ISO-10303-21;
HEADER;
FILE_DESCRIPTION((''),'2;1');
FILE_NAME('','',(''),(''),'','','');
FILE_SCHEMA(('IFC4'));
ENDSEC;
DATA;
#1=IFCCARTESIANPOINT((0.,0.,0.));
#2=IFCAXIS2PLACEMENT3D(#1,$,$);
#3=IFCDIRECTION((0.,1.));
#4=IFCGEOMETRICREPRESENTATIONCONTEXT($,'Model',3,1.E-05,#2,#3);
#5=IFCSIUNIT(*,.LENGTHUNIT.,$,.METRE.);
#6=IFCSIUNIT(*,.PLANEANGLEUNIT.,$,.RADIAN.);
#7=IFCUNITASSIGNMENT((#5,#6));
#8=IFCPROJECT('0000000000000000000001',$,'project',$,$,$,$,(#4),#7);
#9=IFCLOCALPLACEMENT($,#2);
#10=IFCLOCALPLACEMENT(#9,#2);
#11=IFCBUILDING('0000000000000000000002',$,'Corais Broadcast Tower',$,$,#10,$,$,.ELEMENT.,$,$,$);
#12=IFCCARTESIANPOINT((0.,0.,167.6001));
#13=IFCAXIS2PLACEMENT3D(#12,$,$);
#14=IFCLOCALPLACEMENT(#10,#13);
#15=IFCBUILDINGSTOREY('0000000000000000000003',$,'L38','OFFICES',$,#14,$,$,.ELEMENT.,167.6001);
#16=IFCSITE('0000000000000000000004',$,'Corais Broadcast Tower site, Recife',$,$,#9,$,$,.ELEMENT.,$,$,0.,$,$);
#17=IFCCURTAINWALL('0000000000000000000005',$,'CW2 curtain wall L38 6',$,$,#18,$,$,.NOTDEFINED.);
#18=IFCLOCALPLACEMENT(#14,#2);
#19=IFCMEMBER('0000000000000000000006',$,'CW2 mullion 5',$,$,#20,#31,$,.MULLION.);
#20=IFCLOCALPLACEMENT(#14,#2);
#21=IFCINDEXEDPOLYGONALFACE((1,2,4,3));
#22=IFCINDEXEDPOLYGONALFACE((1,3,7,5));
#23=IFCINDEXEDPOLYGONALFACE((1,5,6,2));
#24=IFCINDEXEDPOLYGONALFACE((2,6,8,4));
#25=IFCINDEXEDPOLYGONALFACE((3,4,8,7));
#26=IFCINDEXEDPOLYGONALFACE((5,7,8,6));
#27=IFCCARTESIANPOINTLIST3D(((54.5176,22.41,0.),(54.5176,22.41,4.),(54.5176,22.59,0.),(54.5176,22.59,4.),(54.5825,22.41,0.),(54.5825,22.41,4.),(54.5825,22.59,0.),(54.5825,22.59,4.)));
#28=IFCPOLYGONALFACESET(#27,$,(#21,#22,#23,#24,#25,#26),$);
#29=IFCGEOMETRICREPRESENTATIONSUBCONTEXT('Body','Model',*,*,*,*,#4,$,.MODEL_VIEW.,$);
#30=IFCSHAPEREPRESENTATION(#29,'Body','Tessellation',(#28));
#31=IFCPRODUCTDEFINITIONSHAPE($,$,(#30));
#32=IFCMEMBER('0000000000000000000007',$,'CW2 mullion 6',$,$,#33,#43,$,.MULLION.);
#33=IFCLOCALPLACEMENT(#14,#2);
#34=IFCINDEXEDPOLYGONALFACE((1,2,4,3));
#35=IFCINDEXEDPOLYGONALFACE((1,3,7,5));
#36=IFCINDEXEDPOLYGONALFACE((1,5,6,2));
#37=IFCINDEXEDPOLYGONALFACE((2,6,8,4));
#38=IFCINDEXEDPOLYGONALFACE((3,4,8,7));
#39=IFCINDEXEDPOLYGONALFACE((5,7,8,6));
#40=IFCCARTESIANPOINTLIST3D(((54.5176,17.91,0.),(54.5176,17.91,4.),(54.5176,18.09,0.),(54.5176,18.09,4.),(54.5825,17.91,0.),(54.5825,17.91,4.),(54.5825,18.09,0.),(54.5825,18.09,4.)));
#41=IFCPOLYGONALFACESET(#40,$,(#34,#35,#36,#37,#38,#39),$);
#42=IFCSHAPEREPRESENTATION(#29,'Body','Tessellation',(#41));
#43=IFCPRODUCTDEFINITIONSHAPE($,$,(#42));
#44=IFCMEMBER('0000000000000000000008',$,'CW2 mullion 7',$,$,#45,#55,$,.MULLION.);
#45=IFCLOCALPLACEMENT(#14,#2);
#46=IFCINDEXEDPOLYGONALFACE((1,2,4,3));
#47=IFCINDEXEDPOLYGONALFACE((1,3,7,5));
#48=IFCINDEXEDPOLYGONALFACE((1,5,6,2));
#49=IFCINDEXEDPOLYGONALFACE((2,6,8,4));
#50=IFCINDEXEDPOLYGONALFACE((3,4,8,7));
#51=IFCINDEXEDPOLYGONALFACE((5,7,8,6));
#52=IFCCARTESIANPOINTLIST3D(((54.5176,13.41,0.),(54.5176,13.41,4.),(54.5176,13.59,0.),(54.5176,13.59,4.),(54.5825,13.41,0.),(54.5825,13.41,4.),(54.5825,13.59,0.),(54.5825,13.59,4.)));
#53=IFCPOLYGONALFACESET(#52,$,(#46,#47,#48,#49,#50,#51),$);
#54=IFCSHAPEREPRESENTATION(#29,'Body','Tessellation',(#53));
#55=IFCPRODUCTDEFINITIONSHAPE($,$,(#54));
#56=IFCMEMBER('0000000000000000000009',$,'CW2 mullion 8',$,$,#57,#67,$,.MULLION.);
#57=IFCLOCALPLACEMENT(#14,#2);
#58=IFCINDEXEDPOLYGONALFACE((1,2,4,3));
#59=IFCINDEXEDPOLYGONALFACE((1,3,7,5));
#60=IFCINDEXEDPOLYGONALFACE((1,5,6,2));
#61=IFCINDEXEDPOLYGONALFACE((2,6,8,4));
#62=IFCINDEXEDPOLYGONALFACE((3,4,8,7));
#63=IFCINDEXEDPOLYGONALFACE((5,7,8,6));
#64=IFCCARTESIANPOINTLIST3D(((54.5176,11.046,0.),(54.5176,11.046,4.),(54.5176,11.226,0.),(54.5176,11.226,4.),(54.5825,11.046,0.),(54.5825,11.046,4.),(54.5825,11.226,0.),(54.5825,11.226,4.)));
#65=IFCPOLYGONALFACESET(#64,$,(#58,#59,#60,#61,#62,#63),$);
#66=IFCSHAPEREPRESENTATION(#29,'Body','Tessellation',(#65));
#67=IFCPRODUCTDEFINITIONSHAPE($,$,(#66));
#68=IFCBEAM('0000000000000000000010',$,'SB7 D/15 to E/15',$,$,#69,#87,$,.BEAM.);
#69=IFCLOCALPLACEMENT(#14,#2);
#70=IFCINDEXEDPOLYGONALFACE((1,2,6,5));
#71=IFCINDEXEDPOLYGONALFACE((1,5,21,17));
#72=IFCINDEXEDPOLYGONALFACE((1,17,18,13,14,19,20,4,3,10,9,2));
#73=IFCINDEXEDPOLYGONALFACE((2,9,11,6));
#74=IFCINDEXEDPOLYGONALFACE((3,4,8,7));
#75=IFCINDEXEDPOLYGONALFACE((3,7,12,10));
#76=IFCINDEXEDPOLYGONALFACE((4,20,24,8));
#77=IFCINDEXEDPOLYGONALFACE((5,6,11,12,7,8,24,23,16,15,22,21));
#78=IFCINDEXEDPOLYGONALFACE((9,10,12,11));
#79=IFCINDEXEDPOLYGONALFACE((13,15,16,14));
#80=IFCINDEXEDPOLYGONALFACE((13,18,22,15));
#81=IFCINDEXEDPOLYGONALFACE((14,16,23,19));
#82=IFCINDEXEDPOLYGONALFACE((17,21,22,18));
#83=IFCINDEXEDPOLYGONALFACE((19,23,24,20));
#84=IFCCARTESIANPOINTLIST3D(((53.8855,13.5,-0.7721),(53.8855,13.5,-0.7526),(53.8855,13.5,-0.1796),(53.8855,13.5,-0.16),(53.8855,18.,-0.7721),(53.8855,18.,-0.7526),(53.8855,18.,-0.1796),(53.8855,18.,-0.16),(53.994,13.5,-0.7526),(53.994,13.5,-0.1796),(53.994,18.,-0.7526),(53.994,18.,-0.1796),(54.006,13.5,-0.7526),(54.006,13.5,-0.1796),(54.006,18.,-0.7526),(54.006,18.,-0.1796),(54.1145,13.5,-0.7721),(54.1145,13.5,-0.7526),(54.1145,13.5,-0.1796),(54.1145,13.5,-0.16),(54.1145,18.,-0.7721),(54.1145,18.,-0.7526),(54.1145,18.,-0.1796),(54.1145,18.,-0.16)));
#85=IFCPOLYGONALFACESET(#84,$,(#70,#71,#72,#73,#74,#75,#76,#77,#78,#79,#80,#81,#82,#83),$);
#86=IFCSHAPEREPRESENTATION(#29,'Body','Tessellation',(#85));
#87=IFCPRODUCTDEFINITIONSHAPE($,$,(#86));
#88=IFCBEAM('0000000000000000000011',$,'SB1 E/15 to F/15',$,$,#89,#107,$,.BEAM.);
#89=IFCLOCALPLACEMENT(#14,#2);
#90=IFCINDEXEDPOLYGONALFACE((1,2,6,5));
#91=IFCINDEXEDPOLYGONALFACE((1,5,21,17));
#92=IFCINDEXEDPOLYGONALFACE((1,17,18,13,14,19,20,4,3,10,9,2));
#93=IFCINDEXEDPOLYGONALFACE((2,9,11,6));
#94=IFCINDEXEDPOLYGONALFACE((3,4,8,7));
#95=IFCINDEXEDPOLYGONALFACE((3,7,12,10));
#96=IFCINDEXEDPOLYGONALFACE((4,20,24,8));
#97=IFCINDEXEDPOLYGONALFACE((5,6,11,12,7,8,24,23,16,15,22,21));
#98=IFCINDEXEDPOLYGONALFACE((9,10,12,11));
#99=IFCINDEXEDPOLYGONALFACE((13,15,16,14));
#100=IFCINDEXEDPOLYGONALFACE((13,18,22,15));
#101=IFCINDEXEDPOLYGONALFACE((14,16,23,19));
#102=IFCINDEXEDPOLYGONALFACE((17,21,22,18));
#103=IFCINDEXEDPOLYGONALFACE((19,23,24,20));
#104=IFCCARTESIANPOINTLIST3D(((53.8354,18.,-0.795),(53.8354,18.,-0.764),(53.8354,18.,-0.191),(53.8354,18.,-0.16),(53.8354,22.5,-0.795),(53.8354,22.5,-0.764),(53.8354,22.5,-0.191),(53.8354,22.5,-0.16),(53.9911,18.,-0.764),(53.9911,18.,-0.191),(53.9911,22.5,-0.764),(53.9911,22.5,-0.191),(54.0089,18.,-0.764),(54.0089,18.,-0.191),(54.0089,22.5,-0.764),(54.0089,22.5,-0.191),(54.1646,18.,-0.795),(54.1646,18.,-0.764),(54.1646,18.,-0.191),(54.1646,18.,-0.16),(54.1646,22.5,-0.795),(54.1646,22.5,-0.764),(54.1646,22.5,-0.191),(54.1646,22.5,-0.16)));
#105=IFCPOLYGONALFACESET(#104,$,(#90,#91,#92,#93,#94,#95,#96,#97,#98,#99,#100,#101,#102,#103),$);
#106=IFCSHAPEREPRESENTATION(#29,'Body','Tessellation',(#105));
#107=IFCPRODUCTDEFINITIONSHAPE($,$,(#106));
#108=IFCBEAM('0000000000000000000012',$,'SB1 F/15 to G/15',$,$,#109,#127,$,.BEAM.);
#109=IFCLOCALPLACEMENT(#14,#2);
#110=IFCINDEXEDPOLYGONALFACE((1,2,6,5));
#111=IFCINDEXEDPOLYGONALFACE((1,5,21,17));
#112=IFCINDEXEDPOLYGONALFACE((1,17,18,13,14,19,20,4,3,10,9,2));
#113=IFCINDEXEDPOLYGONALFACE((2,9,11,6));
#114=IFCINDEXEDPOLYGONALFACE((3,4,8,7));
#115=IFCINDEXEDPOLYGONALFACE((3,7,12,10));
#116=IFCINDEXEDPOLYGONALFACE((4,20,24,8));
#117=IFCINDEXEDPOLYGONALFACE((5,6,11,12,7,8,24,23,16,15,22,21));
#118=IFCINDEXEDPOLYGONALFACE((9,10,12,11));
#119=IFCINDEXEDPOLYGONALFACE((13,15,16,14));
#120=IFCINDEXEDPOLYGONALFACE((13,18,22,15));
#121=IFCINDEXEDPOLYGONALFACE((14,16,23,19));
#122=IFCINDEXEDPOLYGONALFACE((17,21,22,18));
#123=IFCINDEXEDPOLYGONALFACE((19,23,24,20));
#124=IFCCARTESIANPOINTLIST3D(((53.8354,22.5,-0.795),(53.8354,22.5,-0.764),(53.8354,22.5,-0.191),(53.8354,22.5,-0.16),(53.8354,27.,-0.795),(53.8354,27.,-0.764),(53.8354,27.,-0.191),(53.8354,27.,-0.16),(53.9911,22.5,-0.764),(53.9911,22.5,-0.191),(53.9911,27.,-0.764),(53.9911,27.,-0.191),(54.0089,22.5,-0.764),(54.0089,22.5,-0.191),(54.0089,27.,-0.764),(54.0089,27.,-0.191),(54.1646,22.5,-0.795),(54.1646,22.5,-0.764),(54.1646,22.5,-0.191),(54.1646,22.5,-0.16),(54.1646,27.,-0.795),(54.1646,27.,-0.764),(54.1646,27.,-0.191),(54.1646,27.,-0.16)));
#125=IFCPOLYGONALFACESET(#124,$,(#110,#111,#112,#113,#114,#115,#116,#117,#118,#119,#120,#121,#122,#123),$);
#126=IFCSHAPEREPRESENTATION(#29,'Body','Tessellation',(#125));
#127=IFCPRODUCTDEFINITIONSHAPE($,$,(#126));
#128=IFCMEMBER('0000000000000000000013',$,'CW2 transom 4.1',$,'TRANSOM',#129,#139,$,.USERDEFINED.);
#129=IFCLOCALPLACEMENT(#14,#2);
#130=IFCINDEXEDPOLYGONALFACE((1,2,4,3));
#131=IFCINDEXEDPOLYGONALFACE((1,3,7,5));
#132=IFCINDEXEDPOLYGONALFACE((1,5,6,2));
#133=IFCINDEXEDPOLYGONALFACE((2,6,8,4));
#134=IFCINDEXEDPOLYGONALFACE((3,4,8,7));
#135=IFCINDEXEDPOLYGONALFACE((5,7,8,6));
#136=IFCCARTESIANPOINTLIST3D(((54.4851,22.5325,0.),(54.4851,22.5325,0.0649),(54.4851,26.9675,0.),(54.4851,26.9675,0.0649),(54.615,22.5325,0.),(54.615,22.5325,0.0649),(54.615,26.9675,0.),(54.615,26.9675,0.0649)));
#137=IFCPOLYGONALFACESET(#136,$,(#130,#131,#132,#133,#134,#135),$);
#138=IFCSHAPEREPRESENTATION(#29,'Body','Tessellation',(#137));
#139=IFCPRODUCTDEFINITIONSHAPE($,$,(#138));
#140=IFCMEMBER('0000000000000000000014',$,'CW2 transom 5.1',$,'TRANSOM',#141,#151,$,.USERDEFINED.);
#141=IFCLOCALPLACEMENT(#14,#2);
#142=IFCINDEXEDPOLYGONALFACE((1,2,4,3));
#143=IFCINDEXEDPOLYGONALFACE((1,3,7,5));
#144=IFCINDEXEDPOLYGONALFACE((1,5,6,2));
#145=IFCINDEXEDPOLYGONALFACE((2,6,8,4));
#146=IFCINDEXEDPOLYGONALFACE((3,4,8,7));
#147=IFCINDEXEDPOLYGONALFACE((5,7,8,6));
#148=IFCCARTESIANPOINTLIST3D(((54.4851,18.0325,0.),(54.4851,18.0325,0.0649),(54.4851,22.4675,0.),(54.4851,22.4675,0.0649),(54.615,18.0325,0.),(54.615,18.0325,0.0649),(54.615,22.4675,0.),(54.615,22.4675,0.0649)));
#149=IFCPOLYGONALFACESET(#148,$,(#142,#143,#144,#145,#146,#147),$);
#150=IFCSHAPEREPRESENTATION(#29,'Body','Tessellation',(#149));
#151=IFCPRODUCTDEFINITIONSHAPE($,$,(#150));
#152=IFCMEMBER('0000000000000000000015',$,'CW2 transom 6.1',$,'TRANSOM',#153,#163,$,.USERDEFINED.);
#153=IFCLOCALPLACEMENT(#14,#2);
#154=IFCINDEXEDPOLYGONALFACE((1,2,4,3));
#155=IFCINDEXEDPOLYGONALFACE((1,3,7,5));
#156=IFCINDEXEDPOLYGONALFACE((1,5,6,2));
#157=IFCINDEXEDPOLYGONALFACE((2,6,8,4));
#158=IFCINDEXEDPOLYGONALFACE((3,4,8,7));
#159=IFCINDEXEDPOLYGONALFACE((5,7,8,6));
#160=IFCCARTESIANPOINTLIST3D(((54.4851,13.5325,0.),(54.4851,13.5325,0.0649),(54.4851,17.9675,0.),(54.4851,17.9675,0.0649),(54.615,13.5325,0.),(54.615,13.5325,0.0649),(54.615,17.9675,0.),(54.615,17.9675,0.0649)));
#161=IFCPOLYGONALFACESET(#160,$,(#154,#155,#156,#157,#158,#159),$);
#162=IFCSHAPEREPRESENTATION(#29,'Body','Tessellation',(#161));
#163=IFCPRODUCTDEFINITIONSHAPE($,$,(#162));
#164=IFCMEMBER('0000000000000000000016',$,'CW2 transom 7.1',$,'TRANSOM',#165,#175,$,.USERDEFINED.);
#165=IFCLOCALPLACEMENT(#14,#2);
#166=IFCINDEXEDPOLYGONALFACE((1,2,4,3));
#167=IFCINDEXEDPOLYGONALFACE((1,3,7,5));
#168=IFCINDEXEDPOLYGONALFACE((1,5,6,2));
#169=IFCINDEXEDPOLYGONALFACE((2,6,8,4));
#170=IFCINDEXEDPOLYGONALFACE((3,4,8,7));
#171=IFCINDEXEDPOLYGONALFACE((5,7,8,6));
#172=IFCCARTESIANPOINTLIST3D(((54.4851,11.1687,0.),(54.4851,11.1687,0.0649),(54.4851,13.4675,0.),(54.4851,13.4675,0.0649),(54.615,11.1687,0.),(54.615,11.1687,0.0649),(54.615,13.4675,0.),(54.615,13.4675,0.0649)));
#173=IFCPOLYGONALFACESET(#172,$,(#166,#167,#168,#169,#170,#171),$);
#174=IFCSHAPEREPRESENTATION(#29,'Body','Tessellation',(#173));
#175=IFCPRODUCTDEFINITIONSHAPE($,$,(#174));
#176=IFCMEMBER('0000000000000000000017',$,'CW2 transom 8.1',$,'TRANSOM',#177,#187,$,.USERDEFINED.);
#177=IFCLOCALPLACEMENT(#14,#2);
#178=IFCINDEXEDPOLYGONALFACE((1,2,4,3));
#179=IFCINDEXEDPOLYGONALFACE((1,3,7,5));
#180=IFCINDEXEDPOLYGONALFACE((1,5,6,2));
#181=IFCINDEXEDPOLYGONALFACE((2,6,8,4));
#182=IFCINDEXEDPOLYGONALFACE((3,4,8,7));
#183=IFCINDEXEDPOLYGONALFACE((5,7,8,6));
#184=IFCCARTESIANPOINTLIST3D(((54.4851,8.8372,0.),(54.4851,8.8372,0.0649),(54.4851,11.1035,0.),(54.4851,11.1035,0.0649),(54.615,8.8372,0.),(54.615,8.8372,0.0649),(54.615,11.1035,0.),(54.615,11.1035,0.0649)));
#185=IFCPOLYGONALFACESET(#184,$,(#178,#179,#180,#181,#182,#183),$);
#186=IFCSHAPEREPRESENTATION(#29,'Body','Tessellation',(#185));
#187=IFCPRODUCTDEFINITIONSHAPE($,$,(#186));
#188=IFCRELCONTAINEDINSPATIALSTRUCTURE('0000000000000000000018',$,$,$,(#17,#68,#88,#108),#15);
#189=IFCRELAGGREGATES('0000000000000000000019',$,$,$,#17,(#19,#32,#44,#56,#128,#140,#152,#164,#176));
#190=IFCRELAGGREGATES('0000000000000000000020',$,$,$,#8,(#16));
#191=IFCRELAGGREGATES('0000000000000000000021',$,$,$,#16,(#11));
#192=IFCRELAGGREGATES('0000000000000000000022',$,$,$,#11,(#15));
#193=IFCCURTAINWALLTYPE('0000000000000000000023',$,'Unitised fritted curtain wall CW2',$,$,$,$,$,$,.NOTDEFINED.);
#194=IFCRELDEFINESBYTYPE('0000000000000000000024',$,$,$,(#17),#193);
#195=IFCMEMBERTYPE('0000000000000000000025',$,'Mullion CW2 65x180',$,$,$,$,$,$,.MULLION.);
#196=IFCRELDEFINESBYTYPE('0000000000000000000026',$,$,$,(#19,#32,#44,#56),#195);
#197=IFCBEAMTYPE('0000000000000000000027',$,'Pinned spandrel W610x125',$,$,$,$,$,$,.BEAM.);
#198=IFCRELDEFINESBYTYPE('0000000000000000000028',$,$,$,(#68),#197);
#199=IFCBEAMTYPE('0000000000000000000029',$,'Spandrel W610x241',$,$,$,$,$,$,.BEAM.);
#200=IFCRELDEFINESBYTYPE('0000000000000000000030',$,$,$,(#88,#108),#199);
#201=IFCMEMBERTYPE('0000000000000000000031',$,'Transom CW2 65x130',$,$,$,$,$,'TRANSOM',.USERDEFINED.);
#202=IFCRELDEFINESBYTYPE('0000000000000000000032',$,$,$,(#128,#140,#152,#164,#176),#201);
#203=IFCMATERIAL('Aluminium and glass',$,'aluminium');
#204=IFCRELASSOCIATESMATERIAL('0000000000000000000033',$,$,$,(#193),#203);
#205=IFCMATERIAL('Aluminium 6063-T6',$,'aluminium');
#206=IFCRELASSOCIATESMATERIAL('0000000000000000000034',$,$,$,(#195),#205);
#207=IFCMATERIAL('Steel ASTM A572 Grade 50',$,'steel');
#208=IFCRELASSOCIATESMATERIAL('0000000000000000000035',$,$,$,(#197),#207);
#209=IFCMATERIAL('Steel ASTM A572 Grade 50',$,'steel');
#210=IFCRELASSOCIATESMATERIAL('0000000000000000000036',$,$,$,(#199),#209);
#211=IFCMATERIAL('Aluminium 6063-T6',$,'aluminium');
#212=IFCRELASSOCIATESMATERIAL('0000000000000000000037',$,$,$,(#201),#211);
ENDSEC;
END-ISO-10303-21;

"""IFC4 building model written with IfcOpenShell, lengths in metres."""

from ifc_helpers import new_model, si_unit, direction, frame, origin, origin_2d, place, context, subcontext, project, spatial, rectangle, i_section, extrude, material, material_profile, profile_set, type_object, element, aggregate, save


model = new_model("IFC4")

# Units and contexts
model_context = context("Model", 3, precision=1e-05, world=origin(), true_north=direction((0.0, 1.0)))
body_context = subcontext(model_context, "Body", "Model", "MODEL_VIEW")
ifc_project = project(units=[si_unit("LENGTHUNIT", "METRE"), si_unit("PLANEANGLEUNIT", "RADIAN")], contexts=[model_context])

# Site, building, storey
site_placement = place(None, origin())
site = spatial("IfcSite", under=ifc_project, at=site_placement, Name="Corais Broadcast Tower site, Recife", CompositionType="ELEMENT", RefElevation=0.0)
building_placement = place(site_placement, origin())
building = spatial("IfcBuilding", under=site, at=building_placement, Name="Corais Broadcast Tower", CompositionType="ELEMENT")
storey_placement = place(building_placement, frame((0.0, 0.0, 167.6001)))
storey = spatial("IfcBuildingStorey", under=building, at=storey_placement, Name="L38", Description="OFFICES", CompositionType="ELEMENT", Elevation=167.6001)

# Curtain wall, members
ifc_material_1 = material(Name="Aluminium and glass", Category="aluminium")
curtain_wall_type = type_object("IfcCurtainWallType", Name="Unitised fritted curtain wall CW2", PredefinedType="NOTDEFINED", material=ifc_material_1)
curtain_wall_placement = place(storey_placement, origin())
curtain_wall = element("IfcCurtainWall", 1, at=curtain_wall_placement, inside=storey, type_object=curtain_wall_type, Name="CW2 curtain wall L38 6", PredefinedType="NOTDEFINED")
ifc_material_2 = material(Name="Aluminium 6063-T6", Category="aluminium")
ifc_material_profile_1 = material_profile(ifc_material_2, rectangle(XDim=0.0649, YDim=0.1799, at=origin_2d()), Name="Mullion CW2 65x180")
ifc_profile_set_1 = profile_set([ifc_material_profile_1], Name="Aluminium 6063-T6")
member_type_1 = type_object("IfcMemberType", Name="Mullion CW2 65x180", PredefinedType="MULLION", material=ifc_profile_set_1)
member_1_placement = place(storey_placement, frame((54.55, 22.5, 0.0), z_axis=(0.0, 0.0, 1.0), x_axis=(1.0, 0.0, 0.0)))
member_1 = element("IfcMember", 2, at=member_1_placement, type_object=member_type_1, Name="CW2 mullion 5", PredefinedType="MULLION", context=body_context, shape_type="SweptSolid", body=[
    extrude(rectangle(XDim=0.0649, YDim=0.1799, at=origin_2d()), origin(), (0.0, 0.0, 1.0), 4.0),
])
member_2_placement = place(storey_placement, frame((54.55, 18.0, 0.0), z_axis=(0.0, 0.0, 1.0), x_axis=(1.0, 0.0, 0.0)))
member_2 = element("IfcMember", 3, at=member_2_placement, type_object=member_type_1, Name="CW2 mullion 6", PredefinedType="MULLION", context=body_context, shape_type="SweptSolid", body=[
    extrude(rectangle(XDim=0.0649, YDim=0.1799, at=origin_2d()), origin(), (0.0, 0.0, 1.0), 4.0),
])
member_3_placement = place(storey_placement, frame((54.55, 13.5, 0.0), z_axis=(0.0, 0.0, 1.0), x_axis=(1.0, 0.0, 0.0)))
member_3 = element("IfcMember", 4, at=member_3_placement, type_object=member_type_1, Name="CW2 mullion 7", PredefinedType="MULLION", context=body_context, shape_type="SweptSolid", body=[
    extrude(rectangle(XDim=0.0649, YDim=0.1799, at=origin_2d()), origin(), (0.0, 0.0, 1.0), 4.0),
])
member_4_placement = place(storey_placement, frame((54.55, 11.136, 0.0), z_axis=(0.0, 0.0, 1.0), x_axis=(1.0, 0.0, 0.0)))
member_4 = element("IfcMember", 5, at=member_4_placement, type_object=member_type_1, Name="CW2 mullion 8", PredefinedType="MULLION", context=body_context, shape_type="SweptSolid", body=[
    extrude(rectangle(XDim=0.0649, YDim=0.1799, at=origin_2d()), origin(), (0.0, 0.0, 1.0), 4.0),
])

# Beams
ifc_material_3 = material(Name="Steel ASTM A572 Grade 50", Category="steel")
ifc_material_profile_2 = material_profile(ifc_material_3, i_section(OverallWidth=0.229, OverallDepth=0.6121, WebThickness=0.012, FlangeThickness=0.0195, at=origin_2d()), Name="W610x125")
ifc_profile_set_2 = profile_set([ifc_material_profile_2], Name="Steel ASTM A572 Grade 50")
beam_type_1 = type_object("IfcBeamType", Name="Pinned spandrel W610x125", PredefinedType="BEAM", material=ifc_profile_set_2)
beam_1_placement = place(storey_placement, frame((54.0, 13.5, -0.4661), z_axis=(0.0, 1.0, 0.0), x_axis=(-1.0, 0.0, 0.0)))
element("IfcBeam", 6, at=beam_1_placement, inside=storey, type_object=beam_type_1, Name="SB7 D/15 to E/15", PredefinedType="BEAM", context=body_context, shape_type="SweptSolid", body=[
    extrude(i_section(OverallWidth=0.229, OverallDepth=0.6121, WebThickness=0.012, FlangeThickness=0.0195, at=origin_2d()), origin(), (0.0, 0.0, 1.0), 4.5),
])
ifc_material_4 = material(Name="Steel ASTM A572 Grade 50", Category="steel")
ifc_material_profile_3 = material_profile(ifc_material_4, i_section(OverallWidth=0.3291, OverallDepth=0.635, WebThickness=0.0178, FlangeThickness=0.031, at=origin_2d()), Name="W610x241")
ifc_profile_set_3 = profile_set([ifc_material_profile_3], Name="Steel ASTM A572 Grade 50")
beam_type_2 = type_object("IfcBeamType", Name="Spandrel W610x241", PredefinedType="BEAM", material=ifc_profile_set_3)
for number, where, z_axis, x_axis, name in (
    (7, (54.0, 18.0, -0.4775), (0.0, 1.0, 0.0), (-1.0, 0.0, 0.0), "SB1 E/15 to F/15"),
    (8, (54.0, 22.5, -0.4775), (0.0, 1.0, 0.0), (-1.0, 0.0, 0.0), "SB1 F/15 to G/15"),
):
    element("IfcBeam", number, at=place(storey_placement, frame(where, z_axis=z_axis, x_axis=x_axis)), inside=storey, type_object=beam_type_2, Name=name, PredefinedType="BEAM", context=body_context, shape_type="SweptSolid", body=[
        extrude(i_section(OverallWidth=0.3291, OverallDepth=0.635, WebThickness=0.0178, FlangeThickness=0.031, at=origin_2d()), origin(), (0.0, 0.0, 1.0), 4.5),
    ])

# Members
ifc_material_5 = material(Name="Aluminium 6063-T6", Category="aluminium")
ifc_material_profile_4 = material_profile(ifc_material_5, rectangle(XDim=0.1299, YDim=0.0649, at=origin_2d()), Name="Transom CW2 65x130")
ifc_profile_set_4 = profile_set([ifc_material_profile_4], Name="Aluminium 6063-T6")
member_type_2 = type_object("IfcMemberType", Name="Transom CW2 65x130", ElementType="TRANSOM", PredefinedType="USERDEFINED", material=ifc_profile_set_4)
member_5_placement = place(storey_placement, frame((54.55, 26.9675, 0.0325), z_axis=(0.0, -1.0, 0.0), x_axis=(1.0, 0.0, 0.0)))
member_5 = element("IfcMember", 9, at=member_5_placement, type_object=member_type_2, Name="CW2 transom 4.1", ObjectType="TRANSOM", PredefinedType="USERDEFINED", context=body_context, shape_type="SweptSolid", body=[
    extrude(rectangle(XDim=0.1299, YDim=0.0649, at=origin_2d()), origin(), (0.0, 0.0, 1.0), 4.4351),
])
member_6_placement = place(storey_placement, frame((54.55, 22.4675, 0.0325), z_axis=(0.0, -1.0, 0.0), x_axis=(1.0, 0.0, 0.0)))
member_6 = element("IfcMember", 10, at=member_6_placement, type_object=member_type_2, Name="CW2 transom 5.1", ObjectType="TRANSOM", PredefinedType="USERDEFINED", context=body_context, shape_type="SweptSolid", body=[
    extrude(rectangle(XDim=0.1299, YDim=0.0649, at=origin_2d()), origin(), (0.0, 0.0, 1.0), 4.4351),
])
member_7_placement = place(storey_placement, frame((54.55, 17.9675, 0.0325), z_axis=(0.0, -1.0, 0.0), x_axis=(1.0, 0.0, 0.0)))
member_7 = element("IfcMember", 11, at=member_7_placement, type_object=member_type_2, Name="CW2 transom 6.1", ObjectType="TRANSOM", PredefinedType="USERDEFINED", context=body_context, shape_type="SweptSolid", body=[
    extrude(rectangle(XDim=0.1299, YDim=0.0649, at=origin_2d()), origin(), (0.0, 0.0, 1.0), 4.4351),
])
member_8_placement = place(storey_placement, frame((54.55, 13.4675, 0.0325), z_axis=(0.0, -1.0, 0.0), x_axis=(1.0, 0.0, 0.0)))
member_8 = element("IfcMember", 12, at=member_8_placement, type_object=member_type_2, Name="CW2 transom 7.1", ObjectType="TRANSOM", PredefinedType="USERDEFINED", context=body_context, shape_type="SweptSolid", body=[
    extrude(rectangle(XDim=0.1299, YDim=0.0649, at=origin_2d()), origin(), (0.0, 0.0, 1.0), 2.2988),
])
member_9_placement = place(storey_placement, frame((54.55, 11.1035, 0.0325), z_axis=(0.0, -1.0, 0.0), x_axis=(1.0, 0.0, 0.0)))
member_9 = element("IfcMember", 13, at=member_9_placement, type_object=member_type_2, Name="CW2 transom 8.1", ObjectType="TRANSOM", PredefinedType="USERDEFINED", context=body_context, shape_type="SweptSolid", body=[
    extrude(rectangle(XDim=0.1299, YDim=0.0649, at=origin_2d()), origin(), (0.0, 0.0, 1.0), 2.2664),
])

aggregate(curtain_wall, [member_1, member_2, member_3, member_4, member_5, member_6, member_7, member_8, member_9])

save(model, "model.ifc")
